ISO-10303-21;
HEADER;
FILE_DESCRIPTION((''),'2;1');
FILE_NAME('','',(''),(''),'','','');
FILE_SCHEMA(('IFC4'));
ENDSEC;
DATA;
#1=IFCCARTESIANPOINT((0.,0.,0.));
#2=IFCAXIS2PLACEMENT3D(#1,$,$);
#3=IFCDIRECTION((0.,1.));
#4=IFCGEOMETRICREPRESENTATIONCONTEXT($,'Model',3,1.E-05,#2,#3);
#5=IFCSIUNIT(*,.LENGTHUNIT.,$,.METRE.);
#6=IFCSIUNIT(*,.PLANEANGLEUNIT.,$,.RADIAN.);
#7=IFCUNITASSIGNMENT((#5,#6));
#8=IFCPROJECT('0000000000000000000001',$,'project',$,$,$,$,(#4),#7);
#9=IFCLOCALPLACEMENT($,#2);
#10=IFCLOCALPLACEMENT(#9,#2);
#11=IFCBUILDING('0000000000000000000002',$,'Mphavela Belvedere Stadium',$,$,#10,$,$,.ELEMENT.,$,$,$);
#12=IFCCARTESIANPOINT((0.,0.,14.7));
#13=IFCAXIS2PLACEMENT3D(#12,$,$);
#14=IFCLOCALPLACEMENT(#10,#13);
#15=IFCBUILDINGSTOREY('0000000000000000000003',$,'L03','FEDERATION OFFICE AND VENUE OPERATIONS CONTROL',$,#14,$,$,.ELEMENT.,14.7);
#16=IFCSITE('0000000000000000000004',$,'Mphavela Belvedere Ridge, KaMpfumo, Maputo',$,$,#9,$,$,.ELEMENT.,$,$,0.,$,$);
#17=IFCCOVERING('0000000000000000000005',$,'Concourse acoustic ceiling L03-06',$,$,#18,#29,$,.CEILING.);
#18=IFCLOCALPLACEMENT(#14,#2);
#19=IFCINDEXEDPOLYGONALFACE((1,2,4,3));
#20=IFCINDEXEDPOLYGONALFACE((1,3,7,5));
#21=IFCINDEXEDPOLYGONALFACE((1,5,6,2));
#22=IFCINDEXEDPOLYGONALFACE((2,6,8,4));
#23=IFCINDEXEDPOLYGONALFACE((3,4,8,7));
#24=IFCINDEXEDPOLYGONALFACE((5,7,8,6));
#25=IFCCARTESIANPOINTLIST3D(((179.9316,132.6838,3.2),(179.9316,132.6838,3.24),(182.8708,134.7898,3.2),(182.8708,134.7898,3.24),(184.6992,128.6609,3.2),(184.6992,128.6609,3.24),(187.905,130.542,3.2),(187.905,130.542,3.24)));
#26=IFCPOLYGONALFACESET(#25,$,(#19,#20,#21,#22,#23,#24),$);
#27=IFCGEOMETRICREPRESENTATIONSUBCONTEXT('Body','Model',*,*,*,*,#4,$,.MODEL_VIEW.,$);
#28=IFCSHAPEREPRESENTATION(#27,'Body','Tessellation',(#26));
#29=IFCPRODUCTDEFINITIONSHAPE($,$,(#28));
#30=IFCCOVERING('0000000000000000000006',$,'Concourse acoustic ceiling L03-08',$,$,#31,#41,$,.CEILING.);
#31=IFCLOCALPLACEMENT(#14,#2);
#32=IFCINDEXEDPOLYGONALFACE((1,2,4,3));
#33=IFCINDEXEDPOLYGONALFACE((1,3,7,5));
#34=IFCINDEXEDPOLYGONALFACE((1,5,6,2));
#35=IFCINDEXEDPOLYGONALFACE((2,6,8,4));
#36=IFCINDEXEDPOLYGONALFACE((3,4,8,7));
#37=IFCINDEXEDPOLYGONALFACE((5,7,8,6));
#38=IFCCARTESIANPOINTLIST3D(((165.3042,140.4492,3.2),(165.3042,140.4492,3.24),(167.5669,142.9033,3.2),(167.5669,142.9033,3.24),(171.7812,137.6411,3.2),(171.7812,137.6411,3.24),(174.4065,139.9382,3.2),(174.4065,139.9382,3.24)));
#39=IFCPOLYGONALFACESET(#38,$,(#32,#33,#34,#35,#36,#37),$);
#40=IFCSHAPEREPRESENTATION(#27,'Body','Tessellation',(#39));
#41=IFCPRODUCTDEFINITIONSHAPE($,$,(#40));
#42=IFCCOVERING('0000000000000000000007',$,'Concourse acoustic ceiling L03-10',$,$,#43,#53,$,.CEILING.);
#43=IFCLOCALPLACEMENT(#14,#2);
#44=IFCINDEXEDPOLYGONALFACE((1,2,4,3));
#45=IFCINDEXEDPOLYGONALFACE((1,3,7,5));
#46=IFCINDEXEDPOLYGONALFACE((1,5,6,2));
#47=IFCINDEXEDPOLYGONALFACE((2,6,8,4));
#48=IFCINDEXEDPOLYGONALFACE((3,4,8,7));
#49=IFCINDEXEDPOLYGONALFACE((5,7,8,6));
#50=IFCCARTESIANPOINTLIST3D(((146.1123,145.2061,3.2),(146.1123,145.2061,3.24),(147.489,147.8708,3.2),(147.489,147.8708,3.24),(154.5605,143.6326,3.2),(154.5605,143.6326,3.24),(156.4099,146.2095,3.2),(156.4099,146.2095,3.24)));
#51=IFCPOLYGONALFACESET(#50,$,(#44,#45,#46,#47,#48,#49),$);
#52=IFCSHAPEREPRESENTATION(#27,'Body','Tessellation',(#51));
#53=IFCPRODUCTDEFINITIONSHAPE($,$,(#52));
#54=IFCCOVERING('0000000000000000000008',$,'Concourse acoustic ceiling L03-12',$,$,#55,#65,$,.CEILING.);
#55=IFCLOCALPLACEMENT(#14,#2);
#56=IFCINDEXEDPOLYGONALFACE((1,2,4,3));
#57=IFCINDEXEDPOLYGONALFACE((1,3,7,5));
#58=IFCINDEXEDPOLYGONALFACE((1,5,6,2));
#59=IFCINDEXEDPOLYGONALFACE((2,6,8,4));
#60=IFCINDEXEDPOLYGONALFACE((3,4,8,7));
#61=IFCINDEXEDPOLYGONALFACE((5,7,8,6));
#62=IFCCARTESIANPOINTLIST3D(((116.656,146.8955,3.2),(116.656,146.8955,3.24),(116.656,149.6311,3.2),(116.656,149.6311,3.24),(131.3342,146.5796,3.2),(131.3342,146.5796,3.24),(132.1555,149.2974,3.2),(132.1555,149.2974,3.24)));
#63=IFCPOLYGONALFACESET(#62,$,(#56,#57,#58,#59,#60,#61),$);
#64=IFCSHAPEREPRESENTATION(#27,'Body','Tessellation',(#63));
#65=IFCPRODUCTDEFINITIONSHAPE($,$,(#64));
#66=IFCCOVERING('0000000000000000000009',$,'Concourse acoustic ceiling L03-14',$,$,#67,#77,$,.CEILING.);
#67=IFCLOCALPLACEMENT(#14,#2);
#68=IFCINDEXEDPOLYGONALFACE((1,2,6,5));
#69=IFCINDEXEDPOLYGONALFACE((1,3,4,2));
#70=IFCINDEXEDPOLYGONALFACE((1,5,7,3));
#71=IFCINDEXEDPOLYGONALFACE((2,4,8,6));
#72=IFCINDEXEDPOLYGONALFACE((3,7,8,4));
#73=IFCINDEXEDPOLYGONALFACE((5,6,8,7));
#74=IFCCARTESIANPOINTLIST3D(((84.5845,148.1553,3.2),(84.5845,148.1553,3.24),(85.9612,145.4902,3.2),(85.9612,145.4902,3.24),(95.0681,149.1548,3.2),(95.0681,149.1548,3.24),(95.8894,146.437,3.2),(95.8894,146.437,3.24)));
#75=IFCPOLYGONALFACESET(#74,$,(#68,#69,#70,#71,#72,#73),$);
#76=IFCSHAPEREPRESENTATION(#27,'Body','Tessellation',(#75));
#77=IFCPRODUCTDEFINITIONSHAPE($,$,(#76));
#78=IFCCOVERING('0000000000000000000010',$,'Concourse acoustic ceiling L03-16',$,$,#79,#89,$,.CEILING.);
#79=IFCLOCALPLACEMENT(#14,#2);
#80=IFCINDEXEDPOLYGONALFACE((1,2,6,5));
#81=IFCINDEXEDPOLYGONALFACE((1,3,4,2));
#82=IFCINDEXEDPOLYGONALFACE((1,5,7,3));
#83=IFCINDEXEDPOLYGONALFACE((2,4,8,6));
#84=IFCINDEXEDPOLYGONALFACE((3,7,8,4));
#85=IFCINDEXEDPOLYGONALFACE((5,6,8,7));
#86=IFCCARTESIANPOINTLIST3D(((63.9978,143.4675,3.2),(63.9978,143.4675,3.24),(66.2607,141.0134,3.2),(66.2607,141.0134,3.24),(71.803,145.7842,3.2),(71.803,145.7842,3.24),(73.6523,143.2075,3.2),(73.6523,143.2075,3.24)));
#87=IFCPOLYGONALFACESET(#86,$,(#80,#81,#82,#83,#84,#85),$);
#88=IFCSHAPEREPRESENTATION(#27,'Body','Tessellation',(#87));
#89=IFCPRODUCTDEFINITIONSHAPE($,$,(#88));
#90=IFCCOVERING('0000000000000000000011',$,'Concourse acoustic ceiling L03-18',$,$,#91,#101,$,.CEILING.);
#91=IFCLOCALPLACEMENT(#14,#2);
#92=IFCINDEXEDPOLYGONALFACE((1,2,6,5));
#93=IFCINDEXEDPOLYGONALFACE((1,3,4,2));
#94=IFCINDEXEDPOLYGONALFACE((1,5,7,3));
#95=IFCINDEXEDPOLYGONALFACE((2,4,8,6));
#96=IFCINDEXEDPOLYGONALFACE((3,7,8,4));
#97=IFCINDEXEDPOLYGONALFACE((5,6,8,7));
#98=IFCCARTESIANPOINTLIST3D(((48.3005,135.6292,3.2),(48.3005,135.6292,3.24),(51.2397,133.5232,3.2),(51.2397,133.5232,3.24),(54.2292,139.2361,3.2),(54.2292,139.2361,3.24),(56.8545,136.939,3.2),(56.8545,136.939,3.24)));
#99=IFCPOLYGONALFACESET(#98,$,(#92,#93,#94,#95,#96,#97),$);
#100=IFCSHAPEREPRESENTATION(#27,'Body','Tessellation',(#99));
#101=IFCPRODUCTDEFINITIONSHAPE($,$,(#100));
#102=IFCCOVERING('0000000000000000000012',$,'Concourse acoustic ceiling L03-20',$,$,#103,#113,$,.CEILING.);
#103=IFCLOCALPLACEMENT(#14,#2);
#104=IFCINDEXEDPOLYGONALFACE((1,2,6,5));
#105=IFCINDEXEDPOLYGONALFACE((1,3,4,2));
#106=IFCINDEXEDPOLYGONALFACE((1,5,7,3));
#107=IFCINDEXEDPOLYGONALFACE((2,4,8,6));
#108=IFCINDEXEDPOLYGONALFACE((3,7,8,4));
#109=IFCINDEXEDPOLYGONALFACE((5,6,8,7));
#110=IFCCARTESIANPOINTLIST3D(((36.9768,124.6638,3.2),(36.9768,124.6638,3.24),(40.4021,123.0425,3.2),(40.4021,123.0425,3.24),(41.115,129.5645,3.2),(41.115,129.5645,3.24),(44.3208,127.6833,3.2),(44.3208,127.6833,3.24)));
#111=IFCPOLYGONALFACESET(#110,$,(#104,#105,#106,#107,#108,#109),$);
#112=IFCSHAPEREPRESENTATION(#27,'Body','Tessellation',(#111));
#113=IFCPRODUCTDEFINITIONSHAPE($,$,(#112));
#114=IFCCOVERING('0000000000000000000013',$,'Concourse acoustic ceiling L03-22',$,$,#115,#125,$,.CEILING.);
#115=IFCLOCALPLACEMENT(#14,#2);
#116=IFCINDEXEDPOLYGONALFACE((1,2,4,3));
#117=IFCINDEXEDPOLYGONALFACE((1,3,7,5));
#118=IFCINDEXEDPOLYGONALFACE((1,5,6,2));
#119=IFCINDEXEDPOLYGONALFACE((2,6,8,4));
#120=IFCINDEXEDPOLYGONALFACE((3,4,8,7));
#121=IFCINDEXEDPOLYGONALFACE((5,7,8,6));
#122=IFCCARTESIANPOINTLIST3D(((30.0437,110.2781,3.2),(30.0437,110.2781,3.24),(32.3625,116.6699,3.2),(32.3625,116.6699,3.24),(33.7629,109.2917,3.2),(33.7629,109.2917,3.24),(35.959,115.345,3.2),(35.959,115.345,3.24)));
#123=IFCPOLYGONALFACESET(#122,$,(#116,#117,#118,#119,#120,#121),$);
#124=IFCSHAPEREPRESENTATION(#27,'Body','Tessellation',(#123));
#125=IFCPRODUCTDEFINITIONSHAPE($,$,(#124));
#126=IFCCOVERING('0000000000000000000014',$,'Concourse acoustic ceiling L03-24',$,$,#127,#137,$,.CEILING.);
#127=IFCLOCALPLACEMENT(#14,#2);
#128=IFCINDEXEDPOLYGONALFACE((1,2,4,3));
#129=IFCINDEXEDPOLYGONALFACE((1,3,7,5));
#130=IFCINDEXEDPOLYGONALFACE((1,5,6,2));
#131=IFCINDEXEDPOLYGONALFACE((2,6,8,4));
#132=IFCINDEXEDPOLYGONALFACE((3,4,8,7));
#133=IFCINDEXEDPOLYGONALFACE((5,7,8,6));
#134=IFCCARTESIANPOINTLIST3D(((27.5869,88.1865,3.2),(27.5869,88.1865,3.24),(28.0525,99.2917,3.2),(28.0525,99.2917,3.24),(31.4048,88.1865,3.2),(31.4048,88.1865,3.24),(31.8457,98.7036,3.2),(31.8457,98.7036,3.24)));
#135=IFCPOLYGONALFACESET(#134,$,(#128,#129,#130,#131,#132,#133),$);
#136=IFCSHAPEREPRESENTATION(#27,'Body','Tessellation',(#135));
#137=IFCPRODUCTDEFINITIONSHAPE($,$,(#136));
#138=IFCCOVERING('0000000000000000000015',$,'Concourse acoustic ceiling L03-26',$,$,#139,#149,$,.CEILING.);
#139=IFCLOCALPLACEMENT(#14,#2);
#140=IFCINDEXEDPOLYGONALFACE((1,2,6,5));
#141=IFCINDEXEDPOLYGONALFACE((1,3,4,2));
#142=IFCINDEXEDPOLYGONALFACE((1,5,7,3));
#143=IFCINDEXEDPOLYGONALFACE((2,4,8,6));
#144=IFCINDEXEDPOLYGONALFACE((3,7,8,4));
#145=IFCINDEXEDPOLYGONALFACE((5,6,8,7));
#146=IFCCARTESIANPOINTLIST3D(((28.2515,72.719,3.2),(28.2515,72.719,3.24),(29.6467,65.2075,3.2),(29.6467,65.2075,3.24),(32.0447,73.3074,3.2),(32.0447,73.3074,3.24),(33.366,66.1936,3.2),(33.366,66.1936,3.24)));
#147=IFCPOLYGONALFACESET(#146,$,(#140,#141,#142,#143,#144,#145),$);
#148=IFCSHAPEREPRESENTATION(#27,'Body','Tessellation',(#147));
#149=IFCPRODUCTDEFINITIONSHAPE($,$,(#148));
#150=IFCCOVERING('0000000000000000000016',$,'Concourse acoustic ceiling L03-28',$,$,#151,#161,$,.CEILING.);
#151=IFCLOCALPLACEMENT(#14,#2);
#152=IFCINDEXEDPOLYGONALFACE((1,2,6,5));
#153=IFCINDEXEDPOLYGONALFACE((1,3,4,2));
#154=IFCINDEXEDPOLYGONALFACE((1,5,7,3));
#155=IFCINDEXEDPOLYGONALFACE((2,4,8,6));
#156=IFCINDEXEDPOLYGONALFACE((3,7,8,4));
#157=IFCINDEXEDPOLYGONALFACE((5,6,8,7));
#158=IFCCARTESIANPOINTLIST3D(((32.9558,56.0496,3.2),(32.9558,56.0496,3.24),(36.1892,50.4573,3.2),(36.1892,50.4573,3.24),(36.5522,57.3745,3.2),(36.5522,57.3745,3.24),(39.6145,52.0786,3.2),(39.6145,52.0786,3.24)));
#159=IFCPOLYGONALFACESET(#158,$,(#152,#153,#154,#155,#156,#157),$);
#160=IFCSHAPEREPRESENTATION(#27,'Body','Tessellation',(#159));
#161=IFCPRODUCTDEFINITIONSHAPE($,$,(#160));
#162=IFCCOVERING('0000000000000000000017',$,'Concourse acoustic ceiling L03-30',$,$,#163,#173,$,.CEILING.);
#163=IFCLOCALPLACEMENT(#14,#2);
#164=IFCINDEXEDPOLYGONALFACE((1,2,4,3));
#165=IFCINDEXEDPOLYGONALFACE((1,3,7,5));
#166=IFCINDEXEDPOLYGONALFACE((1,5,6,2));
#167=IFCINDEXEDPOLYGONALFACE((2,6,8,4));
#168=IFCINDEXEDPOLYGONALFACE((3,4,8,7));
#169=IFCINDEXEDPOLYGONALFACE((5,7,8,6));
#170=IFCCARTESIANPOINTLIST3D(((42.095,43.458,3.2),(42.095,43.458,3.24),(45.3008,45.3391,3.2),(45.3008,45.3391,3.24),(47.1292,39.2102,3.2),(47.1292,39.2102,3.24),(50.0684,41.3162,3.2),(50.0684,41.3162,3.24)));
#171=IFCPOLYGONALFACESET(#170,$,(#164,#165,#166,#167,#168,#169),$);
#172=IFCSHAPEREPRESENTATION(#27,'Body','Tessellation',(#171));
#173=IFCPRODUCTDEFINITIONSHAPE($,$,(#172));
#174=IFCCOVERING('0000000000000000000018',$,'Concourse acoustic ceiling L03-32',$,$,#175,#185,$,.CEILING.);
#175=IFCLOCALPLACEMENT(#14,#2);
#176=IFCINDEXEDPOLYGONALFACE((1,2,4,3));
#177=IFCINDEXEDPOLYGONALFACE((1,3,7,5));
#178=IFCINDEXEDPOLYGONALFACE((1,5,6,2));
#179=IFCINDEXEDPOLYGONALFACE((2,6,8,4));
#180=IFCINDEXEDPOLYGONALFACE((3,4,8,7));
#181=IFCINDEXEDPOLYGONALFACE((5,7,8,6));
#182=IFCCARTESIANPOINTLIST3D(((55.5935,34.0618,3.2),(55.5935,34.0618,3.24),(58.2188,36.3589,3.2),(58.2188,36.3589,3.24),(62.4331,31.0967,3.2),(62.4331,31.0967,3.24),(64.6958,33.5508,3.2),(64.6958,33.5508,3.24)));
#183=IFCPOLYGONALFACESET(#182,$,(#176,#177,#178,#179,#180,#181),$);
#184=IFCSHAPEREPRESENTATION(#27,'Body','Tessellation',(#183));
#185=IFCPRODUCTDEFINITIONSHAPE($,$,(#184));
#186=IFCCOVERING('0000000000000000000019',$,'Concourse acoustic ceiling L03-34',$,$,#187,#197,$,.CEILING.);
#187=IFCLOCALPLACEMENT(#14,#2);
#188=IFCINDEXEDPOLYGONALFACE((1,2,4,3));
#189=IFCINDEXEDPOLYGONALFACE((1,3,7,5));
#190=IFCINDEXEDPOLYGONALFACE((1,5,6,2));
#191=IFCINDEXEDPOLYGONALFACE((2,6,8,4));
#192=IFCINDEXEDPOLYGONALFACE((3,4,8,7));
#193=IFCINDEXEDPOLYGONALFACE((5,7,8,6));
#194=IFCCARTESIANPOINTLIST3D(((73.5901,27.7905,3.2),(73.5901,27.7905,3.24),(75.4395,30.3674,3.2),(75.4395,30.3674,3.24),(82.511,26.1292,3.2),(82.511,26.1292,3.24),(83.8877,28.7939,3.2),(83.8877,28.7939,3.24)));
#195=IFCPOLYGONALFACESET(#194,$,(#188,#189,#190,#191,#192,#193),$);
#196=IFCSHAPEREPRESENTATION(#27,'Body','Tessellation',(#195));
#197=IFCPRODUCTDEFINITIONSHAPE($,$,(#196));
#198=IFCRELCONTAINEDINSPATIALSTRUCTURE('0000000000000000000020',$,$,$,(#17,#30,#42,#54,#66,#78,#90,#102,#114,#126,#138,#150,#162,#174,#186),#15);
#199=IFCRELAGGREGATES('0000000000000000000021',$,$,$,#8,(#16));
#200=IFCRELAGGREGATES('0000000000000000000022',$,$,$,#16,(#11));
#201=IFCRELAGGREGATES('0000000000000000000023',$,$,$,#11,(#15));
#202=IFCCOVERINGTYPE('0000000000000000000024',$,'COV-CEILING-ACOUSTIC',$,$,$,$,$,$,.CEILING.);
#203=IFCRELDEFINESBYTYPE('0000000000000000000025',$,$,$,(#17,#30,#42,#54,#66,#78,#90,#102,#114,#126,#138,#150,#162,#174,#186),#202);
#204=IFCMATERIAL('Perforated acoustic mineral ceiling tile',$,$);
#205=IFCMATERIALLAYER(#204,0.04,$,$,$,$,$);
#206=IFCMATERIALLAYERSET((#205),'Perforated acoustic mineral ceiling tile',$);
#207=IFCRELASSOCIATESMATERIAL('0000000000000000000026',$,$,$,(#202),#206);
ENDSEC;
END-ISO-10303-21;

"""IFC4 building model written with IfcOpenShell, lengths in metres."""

from ifc_helpers import new_model, si_unit, direction, frame, origin, place, context, subcontext, project, spatial, polyline, outline, extrude, material, layer, layer_set, type_object, element, save


model = new_model("IFC4")

# Units and contexts
model_context = context("Model", 3, precision=1e-05, world=origin(), true_north=direction((0.0, 1.0)))
body_context = subcontext(model_context, "Body", "Model", "MODEL_VIEW")
ifc_project = project(units=[si_unit("LENGTHUNIT", "METRE"), si_unit("PLANEANGLEUNIT", "RADIAN")], contexts=[model_context])

# Site, building, storey
site_placement = place(None, origin())
site = spatial("IfcSite", under=ifc_project, at=site_placement, Name="Mphavela Belvedere Ridge, KaMpfumo, Maputo", CompositionType="ELEMENT", RefElevation=0.0)
building_placement = place(site_placement, origin())
building = spatial("IfcBuilding", under=site, at=building_placement, Name="Mphavela Belvedere Stadium", CompositionType="ELEMENT")
storey_placement = place(building_placement, frame((0.0, 0.0, 14.7)))
storey = spatial("IfcBuildingStorey", under=building, at=storey_placement, Name="L03", Description="FEDERATION OFFICE AND VENUE OPERATIONS CONTROL", CompositionType="ELEMENT", Elevation=14.7)

# Coverings
ifc_material_1 = material(Name="Perforated acoustic mineral ceiling tile")
ifc_layer_1 = layer(ifc_material_1, 0.04)
ifc_layer_set_1 = layer_set([ifc_layer_1], Name="Perforated acoustic mineral ceiling tile")
covering_type = type_object("IfcCoveringType", Name="COV-CEILING-ACOUSTIC", PredefinedType="CEILING", material=ifc_layer_set_1)
covering_1_placement = place(storey_placement, frame((0.0, 0.0, 3.2)))
element("IfcCovering", 1, at=covering_1_placement, inside=storey, type_object=covering_type, Name="Concourse acoustic ceiling L03-06", PredefinedType="CEILING", context=body_context, shape_type="SweptSolid", body=[
    extrude(outline(polyline([(184.6992, 128.6609), (179.9316, 132.6838), (182.8708, 134.7898), (187.905, 130.542), (184.6992, 128.6609)])), origin(), (0.0, 0.0, 1.0), 0.04),
])
covering_2_placement = place(storey_placement, frame((0.0, 0.0, 3.2)))
element("IfcCovering", 2, at=covering_2_placement, inside=storey, type_object=covering_type, Name="Concourse acoustic ceiling L03-08", PredefinedType="CEILING", context=body_context, shape_type="SweptSolid", body=[
    extrude(outline(polyline([(171.7812, 137.6411), (165.3042, 140.4492), (167.5669, 142.9033), (174.4065, 139.9382), (171.7812, 137.6411)])), origin(), (0.0, 0.0, 1.0), 0.04),
])
covering_3_placement = place(storey_placement, frame((0.0, 0.0, 3.2)))
element("IfcCovering", 3, at=covering_3_placement, inside=storey, type_object=covering_type, Name="Concourse acoustic ceiling L03-10", PredefinedType="CEILING", context=body_context, shape_type="SweptSolid", body=[
    extrude(outline(polyline([(154.5605, 143.6326), (146.1123, 145.2061), (147.489, 147.8708), (156.4099, 146.2095), (154.5605, 143.6326)])), origin(), (0.0, 0.0, 1.0), 0.04),
])
covering_4_placement = place(storey_placement, frame((0.0, 0.0, 3.2)))
element("IfcCovering", 4, at=covering_4_placement, inside=storey, type_object=covering_type, Name="Concourse acoustic ceiling L03-12", PredefinedType="CEILING", context=body_context, shape_type="SweptSolid", body=[
    extrude(outline(polyline([(131.3342, 146.5796), (116.656, 146.8955), (116.656, 149.6311), (132.1555, 149.2974), (131.3342, 146.5796)])), origin(), (0.0, 0.0, 1.0), 0.04),
])
covering_5_placement = place(storey_placement, frame((0.0, 0.0, 3.2)))
element("IfcCovering", 5, at=covering_5_placement, inside=storey, type_object=covering_type, Name="Concourse acoustic ceiling L03-14", PredefinedType="CEILING", context=body_context, shape_type="SweptSolid", body=[
    extrude(outline(polyline([(95.8894, 146.437), (85.9612, 145.4902), (84.5845, 148.1553), (95.0681, 149.1548), (95.8894, 146.437)])), origin(), (0.0, 0.0, 1.0), 0.04),
])
covering_6_placement = place(storey_placement, frame((0.0, 0.0, 3.2)))
element("IfcCovering", 6, at=covering_6_placement, inside=storey, type_object=covering_type, Name="Concourse acoustic ceiling L03-16", PredefinedType="CEILING", context=body_context, shape_type="SweptSolid", body=[
    extrude(outline(polyline([(73.6523, 143.2075), (66.2607, 141.0134), (63.9978, 143.4675), (71.803, 145.7842), (73.6523, 143.2075)])), origin(), (0.0, 0.0, 1.0), 0.04),
])
covering_7_placement = place(storey_placement, frame((0.0, 0.0, 3.2)))
element("IfcCovering", 7, at=covering_7_placement, inside=storey, type_object=covering_type, Name="Concourse acoustic ceiling L03-18", PredefinedType="CEILING", context=body_context, shape_type="SweptSolid", body=[
    extrude(outline(polyline([(56.8545, 136.939), (51.2397, 133.5232), (48.3005, 135.6292), (54.2292, 139.2361), (56.8545, 136.939)])), origin(), (0.0, 0.0, 1.0), 0.04),
])
covering_8_placement = place(storey_placement, frame((0.0, 0.0, 3.2)))
element("IfcCovering", 8, at=covering_8_placement, inside=storey, type_object=covering_type, Name="Concourse acoustic ceiling L03-20", PredefinedType="CEILING", context=body_context, shape_type="SweptSolid", body=[
    extrude(outline(polyline([(44.3208, 127.6833), (40.4021, 123.0425), (36.9768, 124.6638), (41.115, 129.5645), (44.3208, 127.6833)])), origin(), (0.0, 0.0, 1.0), 0.04),
])
covering_9_placement = place(storey_placement, frame((0.0, 0.0, 3.2)))
element("IfcCovering", 9, at=covering_9_placement, inside=storey, type_object=covering_type, Name="Concourse acoustic ceiling L03-22", PredefinedType="CEILING", context=body_context, shape_type="SweptSolid", body=[
    extrude(outline(polyline([(35.959, 115.345), (33.7629, 109.2917), (30.0437, 110.2781), (32.3625, 116.6699), (35.959, 115.345)])), origin(), (0.0, 0.0, 1.0), 0.04),
])
covering_10_placement = place(storey_placement, frame((0.0, 0.0, 3.2)))
element("IfcCovering", 10, at=covering_10_placement, inside=storey, type_object=covering_type, Name="Concourse acoustic ceiling L03-24", PredefinedType="CEILING", context=body_context, shape_type="SweptSolid", body=[
    extrude(outline(polyline([(31.8457, 98.7036), (31.4048, 88.1865), (27.5869, 88.1865), (28.0525, 99.2917), (31.8457, 98.7036)])), origin(), (0.0, 0.0, 1.0), 0.04),
])
covering_11_placement = place(storey_placement, frame((0.0, 0.0, 3.2)))
element("IfcCovering", 11, at=covering_11_placement, inside=storey, type_object=covering_type, Name="Concourse acoustic ceiling L03-26", PredefinedType="CEILING", context=body_context, shape_type="SweptSolid", body=[
    extrude(outline(polyline([(32.0447, 73.3074), (33.366, 66.1936), (29.6467, 65.2075), (28.2515, 72.719), (32.0447, 73.3074)])), origin(), (0.0, 0.0, 1.0), 0.04),
])
covering_12_placement = place(storey_placement, frame((0.0, 0.0, 3.2)))
element("IfcCovering", 12, at=covering_12_placement, inside=storey, type_object=covering_type, Name="Concourse acoustic ceiling L03-28", PredefinedType="CEILING", context=body_context, shape_type="SweptSolid", body=[
    extrude(outline(polyline([(36.5522, 57.3745), (39.6145, 52.0786), (36.1892, 50.4573), (32.9558, 56.0496), (36.5522, 57.3745)])), origin(), (0.0, 0.0, 1.0), 0.04),
])
covering_13_placement = place(storey_placement, frame((0.0, 0.0, 3.2)))
element("IfcCovering", 13, at=covering_13_placement, inside=storey, type_object=covering_type, Name="Concourse acoustic ceiling L03-30", PredefinedType="CEILING", context=body_context, shape_type="SweptSolid", body=[
    extrude(outline(polyline([(45.3008, 45.3391), (50.0684, 41.3162), (47.1292, 39.2102), (42.095, 43.458), (45.3008, 45.3391)])), origin(), (0.0, 0.0, 1.0), 0.04),
])
covering_14_placement = place(storey_placement, frame((0.0, 0.0, 3.2)))
element("IfcCovering", 14, at=covering_14_placement, inside=storey, type_object=covering_type, Name="Concourse acoustic ceiling L03-32", PredefinedType="CEILING", context=body_context, shape_type="SweptSolid", body=[
    extrude(outline(polyline([(58.2188, 36.3589), (64.6958, 33.5508), (62.4331, 31.0967), (55.5935, 34.0618), (58.2188, 36.3589)])), origin(), (0.0, 0.0, 1.0), 0.04),
])
covering_15_placement = place(storey_placement, frame((0.0, 0.0, 3.2)))
element("IfcCovering", 15, at=covering_15_placement, inside=storey, type_object=covering_type, Name="Concourse acoustic ceiling L03-34", PredefinedType="CEILING", context=body_context, shape_type="SweptSolid", body=[
    extrude(outline(polyline([(75.4395, 30.3674), (83.8877, 28.7939), (82.511, 26.1292), (73.5901, 27.7905), (75.4395, 30.3674)])), origin(), (0.0, 0.0, 1.0), 0.04),
])

save(model, "model.ifc")
